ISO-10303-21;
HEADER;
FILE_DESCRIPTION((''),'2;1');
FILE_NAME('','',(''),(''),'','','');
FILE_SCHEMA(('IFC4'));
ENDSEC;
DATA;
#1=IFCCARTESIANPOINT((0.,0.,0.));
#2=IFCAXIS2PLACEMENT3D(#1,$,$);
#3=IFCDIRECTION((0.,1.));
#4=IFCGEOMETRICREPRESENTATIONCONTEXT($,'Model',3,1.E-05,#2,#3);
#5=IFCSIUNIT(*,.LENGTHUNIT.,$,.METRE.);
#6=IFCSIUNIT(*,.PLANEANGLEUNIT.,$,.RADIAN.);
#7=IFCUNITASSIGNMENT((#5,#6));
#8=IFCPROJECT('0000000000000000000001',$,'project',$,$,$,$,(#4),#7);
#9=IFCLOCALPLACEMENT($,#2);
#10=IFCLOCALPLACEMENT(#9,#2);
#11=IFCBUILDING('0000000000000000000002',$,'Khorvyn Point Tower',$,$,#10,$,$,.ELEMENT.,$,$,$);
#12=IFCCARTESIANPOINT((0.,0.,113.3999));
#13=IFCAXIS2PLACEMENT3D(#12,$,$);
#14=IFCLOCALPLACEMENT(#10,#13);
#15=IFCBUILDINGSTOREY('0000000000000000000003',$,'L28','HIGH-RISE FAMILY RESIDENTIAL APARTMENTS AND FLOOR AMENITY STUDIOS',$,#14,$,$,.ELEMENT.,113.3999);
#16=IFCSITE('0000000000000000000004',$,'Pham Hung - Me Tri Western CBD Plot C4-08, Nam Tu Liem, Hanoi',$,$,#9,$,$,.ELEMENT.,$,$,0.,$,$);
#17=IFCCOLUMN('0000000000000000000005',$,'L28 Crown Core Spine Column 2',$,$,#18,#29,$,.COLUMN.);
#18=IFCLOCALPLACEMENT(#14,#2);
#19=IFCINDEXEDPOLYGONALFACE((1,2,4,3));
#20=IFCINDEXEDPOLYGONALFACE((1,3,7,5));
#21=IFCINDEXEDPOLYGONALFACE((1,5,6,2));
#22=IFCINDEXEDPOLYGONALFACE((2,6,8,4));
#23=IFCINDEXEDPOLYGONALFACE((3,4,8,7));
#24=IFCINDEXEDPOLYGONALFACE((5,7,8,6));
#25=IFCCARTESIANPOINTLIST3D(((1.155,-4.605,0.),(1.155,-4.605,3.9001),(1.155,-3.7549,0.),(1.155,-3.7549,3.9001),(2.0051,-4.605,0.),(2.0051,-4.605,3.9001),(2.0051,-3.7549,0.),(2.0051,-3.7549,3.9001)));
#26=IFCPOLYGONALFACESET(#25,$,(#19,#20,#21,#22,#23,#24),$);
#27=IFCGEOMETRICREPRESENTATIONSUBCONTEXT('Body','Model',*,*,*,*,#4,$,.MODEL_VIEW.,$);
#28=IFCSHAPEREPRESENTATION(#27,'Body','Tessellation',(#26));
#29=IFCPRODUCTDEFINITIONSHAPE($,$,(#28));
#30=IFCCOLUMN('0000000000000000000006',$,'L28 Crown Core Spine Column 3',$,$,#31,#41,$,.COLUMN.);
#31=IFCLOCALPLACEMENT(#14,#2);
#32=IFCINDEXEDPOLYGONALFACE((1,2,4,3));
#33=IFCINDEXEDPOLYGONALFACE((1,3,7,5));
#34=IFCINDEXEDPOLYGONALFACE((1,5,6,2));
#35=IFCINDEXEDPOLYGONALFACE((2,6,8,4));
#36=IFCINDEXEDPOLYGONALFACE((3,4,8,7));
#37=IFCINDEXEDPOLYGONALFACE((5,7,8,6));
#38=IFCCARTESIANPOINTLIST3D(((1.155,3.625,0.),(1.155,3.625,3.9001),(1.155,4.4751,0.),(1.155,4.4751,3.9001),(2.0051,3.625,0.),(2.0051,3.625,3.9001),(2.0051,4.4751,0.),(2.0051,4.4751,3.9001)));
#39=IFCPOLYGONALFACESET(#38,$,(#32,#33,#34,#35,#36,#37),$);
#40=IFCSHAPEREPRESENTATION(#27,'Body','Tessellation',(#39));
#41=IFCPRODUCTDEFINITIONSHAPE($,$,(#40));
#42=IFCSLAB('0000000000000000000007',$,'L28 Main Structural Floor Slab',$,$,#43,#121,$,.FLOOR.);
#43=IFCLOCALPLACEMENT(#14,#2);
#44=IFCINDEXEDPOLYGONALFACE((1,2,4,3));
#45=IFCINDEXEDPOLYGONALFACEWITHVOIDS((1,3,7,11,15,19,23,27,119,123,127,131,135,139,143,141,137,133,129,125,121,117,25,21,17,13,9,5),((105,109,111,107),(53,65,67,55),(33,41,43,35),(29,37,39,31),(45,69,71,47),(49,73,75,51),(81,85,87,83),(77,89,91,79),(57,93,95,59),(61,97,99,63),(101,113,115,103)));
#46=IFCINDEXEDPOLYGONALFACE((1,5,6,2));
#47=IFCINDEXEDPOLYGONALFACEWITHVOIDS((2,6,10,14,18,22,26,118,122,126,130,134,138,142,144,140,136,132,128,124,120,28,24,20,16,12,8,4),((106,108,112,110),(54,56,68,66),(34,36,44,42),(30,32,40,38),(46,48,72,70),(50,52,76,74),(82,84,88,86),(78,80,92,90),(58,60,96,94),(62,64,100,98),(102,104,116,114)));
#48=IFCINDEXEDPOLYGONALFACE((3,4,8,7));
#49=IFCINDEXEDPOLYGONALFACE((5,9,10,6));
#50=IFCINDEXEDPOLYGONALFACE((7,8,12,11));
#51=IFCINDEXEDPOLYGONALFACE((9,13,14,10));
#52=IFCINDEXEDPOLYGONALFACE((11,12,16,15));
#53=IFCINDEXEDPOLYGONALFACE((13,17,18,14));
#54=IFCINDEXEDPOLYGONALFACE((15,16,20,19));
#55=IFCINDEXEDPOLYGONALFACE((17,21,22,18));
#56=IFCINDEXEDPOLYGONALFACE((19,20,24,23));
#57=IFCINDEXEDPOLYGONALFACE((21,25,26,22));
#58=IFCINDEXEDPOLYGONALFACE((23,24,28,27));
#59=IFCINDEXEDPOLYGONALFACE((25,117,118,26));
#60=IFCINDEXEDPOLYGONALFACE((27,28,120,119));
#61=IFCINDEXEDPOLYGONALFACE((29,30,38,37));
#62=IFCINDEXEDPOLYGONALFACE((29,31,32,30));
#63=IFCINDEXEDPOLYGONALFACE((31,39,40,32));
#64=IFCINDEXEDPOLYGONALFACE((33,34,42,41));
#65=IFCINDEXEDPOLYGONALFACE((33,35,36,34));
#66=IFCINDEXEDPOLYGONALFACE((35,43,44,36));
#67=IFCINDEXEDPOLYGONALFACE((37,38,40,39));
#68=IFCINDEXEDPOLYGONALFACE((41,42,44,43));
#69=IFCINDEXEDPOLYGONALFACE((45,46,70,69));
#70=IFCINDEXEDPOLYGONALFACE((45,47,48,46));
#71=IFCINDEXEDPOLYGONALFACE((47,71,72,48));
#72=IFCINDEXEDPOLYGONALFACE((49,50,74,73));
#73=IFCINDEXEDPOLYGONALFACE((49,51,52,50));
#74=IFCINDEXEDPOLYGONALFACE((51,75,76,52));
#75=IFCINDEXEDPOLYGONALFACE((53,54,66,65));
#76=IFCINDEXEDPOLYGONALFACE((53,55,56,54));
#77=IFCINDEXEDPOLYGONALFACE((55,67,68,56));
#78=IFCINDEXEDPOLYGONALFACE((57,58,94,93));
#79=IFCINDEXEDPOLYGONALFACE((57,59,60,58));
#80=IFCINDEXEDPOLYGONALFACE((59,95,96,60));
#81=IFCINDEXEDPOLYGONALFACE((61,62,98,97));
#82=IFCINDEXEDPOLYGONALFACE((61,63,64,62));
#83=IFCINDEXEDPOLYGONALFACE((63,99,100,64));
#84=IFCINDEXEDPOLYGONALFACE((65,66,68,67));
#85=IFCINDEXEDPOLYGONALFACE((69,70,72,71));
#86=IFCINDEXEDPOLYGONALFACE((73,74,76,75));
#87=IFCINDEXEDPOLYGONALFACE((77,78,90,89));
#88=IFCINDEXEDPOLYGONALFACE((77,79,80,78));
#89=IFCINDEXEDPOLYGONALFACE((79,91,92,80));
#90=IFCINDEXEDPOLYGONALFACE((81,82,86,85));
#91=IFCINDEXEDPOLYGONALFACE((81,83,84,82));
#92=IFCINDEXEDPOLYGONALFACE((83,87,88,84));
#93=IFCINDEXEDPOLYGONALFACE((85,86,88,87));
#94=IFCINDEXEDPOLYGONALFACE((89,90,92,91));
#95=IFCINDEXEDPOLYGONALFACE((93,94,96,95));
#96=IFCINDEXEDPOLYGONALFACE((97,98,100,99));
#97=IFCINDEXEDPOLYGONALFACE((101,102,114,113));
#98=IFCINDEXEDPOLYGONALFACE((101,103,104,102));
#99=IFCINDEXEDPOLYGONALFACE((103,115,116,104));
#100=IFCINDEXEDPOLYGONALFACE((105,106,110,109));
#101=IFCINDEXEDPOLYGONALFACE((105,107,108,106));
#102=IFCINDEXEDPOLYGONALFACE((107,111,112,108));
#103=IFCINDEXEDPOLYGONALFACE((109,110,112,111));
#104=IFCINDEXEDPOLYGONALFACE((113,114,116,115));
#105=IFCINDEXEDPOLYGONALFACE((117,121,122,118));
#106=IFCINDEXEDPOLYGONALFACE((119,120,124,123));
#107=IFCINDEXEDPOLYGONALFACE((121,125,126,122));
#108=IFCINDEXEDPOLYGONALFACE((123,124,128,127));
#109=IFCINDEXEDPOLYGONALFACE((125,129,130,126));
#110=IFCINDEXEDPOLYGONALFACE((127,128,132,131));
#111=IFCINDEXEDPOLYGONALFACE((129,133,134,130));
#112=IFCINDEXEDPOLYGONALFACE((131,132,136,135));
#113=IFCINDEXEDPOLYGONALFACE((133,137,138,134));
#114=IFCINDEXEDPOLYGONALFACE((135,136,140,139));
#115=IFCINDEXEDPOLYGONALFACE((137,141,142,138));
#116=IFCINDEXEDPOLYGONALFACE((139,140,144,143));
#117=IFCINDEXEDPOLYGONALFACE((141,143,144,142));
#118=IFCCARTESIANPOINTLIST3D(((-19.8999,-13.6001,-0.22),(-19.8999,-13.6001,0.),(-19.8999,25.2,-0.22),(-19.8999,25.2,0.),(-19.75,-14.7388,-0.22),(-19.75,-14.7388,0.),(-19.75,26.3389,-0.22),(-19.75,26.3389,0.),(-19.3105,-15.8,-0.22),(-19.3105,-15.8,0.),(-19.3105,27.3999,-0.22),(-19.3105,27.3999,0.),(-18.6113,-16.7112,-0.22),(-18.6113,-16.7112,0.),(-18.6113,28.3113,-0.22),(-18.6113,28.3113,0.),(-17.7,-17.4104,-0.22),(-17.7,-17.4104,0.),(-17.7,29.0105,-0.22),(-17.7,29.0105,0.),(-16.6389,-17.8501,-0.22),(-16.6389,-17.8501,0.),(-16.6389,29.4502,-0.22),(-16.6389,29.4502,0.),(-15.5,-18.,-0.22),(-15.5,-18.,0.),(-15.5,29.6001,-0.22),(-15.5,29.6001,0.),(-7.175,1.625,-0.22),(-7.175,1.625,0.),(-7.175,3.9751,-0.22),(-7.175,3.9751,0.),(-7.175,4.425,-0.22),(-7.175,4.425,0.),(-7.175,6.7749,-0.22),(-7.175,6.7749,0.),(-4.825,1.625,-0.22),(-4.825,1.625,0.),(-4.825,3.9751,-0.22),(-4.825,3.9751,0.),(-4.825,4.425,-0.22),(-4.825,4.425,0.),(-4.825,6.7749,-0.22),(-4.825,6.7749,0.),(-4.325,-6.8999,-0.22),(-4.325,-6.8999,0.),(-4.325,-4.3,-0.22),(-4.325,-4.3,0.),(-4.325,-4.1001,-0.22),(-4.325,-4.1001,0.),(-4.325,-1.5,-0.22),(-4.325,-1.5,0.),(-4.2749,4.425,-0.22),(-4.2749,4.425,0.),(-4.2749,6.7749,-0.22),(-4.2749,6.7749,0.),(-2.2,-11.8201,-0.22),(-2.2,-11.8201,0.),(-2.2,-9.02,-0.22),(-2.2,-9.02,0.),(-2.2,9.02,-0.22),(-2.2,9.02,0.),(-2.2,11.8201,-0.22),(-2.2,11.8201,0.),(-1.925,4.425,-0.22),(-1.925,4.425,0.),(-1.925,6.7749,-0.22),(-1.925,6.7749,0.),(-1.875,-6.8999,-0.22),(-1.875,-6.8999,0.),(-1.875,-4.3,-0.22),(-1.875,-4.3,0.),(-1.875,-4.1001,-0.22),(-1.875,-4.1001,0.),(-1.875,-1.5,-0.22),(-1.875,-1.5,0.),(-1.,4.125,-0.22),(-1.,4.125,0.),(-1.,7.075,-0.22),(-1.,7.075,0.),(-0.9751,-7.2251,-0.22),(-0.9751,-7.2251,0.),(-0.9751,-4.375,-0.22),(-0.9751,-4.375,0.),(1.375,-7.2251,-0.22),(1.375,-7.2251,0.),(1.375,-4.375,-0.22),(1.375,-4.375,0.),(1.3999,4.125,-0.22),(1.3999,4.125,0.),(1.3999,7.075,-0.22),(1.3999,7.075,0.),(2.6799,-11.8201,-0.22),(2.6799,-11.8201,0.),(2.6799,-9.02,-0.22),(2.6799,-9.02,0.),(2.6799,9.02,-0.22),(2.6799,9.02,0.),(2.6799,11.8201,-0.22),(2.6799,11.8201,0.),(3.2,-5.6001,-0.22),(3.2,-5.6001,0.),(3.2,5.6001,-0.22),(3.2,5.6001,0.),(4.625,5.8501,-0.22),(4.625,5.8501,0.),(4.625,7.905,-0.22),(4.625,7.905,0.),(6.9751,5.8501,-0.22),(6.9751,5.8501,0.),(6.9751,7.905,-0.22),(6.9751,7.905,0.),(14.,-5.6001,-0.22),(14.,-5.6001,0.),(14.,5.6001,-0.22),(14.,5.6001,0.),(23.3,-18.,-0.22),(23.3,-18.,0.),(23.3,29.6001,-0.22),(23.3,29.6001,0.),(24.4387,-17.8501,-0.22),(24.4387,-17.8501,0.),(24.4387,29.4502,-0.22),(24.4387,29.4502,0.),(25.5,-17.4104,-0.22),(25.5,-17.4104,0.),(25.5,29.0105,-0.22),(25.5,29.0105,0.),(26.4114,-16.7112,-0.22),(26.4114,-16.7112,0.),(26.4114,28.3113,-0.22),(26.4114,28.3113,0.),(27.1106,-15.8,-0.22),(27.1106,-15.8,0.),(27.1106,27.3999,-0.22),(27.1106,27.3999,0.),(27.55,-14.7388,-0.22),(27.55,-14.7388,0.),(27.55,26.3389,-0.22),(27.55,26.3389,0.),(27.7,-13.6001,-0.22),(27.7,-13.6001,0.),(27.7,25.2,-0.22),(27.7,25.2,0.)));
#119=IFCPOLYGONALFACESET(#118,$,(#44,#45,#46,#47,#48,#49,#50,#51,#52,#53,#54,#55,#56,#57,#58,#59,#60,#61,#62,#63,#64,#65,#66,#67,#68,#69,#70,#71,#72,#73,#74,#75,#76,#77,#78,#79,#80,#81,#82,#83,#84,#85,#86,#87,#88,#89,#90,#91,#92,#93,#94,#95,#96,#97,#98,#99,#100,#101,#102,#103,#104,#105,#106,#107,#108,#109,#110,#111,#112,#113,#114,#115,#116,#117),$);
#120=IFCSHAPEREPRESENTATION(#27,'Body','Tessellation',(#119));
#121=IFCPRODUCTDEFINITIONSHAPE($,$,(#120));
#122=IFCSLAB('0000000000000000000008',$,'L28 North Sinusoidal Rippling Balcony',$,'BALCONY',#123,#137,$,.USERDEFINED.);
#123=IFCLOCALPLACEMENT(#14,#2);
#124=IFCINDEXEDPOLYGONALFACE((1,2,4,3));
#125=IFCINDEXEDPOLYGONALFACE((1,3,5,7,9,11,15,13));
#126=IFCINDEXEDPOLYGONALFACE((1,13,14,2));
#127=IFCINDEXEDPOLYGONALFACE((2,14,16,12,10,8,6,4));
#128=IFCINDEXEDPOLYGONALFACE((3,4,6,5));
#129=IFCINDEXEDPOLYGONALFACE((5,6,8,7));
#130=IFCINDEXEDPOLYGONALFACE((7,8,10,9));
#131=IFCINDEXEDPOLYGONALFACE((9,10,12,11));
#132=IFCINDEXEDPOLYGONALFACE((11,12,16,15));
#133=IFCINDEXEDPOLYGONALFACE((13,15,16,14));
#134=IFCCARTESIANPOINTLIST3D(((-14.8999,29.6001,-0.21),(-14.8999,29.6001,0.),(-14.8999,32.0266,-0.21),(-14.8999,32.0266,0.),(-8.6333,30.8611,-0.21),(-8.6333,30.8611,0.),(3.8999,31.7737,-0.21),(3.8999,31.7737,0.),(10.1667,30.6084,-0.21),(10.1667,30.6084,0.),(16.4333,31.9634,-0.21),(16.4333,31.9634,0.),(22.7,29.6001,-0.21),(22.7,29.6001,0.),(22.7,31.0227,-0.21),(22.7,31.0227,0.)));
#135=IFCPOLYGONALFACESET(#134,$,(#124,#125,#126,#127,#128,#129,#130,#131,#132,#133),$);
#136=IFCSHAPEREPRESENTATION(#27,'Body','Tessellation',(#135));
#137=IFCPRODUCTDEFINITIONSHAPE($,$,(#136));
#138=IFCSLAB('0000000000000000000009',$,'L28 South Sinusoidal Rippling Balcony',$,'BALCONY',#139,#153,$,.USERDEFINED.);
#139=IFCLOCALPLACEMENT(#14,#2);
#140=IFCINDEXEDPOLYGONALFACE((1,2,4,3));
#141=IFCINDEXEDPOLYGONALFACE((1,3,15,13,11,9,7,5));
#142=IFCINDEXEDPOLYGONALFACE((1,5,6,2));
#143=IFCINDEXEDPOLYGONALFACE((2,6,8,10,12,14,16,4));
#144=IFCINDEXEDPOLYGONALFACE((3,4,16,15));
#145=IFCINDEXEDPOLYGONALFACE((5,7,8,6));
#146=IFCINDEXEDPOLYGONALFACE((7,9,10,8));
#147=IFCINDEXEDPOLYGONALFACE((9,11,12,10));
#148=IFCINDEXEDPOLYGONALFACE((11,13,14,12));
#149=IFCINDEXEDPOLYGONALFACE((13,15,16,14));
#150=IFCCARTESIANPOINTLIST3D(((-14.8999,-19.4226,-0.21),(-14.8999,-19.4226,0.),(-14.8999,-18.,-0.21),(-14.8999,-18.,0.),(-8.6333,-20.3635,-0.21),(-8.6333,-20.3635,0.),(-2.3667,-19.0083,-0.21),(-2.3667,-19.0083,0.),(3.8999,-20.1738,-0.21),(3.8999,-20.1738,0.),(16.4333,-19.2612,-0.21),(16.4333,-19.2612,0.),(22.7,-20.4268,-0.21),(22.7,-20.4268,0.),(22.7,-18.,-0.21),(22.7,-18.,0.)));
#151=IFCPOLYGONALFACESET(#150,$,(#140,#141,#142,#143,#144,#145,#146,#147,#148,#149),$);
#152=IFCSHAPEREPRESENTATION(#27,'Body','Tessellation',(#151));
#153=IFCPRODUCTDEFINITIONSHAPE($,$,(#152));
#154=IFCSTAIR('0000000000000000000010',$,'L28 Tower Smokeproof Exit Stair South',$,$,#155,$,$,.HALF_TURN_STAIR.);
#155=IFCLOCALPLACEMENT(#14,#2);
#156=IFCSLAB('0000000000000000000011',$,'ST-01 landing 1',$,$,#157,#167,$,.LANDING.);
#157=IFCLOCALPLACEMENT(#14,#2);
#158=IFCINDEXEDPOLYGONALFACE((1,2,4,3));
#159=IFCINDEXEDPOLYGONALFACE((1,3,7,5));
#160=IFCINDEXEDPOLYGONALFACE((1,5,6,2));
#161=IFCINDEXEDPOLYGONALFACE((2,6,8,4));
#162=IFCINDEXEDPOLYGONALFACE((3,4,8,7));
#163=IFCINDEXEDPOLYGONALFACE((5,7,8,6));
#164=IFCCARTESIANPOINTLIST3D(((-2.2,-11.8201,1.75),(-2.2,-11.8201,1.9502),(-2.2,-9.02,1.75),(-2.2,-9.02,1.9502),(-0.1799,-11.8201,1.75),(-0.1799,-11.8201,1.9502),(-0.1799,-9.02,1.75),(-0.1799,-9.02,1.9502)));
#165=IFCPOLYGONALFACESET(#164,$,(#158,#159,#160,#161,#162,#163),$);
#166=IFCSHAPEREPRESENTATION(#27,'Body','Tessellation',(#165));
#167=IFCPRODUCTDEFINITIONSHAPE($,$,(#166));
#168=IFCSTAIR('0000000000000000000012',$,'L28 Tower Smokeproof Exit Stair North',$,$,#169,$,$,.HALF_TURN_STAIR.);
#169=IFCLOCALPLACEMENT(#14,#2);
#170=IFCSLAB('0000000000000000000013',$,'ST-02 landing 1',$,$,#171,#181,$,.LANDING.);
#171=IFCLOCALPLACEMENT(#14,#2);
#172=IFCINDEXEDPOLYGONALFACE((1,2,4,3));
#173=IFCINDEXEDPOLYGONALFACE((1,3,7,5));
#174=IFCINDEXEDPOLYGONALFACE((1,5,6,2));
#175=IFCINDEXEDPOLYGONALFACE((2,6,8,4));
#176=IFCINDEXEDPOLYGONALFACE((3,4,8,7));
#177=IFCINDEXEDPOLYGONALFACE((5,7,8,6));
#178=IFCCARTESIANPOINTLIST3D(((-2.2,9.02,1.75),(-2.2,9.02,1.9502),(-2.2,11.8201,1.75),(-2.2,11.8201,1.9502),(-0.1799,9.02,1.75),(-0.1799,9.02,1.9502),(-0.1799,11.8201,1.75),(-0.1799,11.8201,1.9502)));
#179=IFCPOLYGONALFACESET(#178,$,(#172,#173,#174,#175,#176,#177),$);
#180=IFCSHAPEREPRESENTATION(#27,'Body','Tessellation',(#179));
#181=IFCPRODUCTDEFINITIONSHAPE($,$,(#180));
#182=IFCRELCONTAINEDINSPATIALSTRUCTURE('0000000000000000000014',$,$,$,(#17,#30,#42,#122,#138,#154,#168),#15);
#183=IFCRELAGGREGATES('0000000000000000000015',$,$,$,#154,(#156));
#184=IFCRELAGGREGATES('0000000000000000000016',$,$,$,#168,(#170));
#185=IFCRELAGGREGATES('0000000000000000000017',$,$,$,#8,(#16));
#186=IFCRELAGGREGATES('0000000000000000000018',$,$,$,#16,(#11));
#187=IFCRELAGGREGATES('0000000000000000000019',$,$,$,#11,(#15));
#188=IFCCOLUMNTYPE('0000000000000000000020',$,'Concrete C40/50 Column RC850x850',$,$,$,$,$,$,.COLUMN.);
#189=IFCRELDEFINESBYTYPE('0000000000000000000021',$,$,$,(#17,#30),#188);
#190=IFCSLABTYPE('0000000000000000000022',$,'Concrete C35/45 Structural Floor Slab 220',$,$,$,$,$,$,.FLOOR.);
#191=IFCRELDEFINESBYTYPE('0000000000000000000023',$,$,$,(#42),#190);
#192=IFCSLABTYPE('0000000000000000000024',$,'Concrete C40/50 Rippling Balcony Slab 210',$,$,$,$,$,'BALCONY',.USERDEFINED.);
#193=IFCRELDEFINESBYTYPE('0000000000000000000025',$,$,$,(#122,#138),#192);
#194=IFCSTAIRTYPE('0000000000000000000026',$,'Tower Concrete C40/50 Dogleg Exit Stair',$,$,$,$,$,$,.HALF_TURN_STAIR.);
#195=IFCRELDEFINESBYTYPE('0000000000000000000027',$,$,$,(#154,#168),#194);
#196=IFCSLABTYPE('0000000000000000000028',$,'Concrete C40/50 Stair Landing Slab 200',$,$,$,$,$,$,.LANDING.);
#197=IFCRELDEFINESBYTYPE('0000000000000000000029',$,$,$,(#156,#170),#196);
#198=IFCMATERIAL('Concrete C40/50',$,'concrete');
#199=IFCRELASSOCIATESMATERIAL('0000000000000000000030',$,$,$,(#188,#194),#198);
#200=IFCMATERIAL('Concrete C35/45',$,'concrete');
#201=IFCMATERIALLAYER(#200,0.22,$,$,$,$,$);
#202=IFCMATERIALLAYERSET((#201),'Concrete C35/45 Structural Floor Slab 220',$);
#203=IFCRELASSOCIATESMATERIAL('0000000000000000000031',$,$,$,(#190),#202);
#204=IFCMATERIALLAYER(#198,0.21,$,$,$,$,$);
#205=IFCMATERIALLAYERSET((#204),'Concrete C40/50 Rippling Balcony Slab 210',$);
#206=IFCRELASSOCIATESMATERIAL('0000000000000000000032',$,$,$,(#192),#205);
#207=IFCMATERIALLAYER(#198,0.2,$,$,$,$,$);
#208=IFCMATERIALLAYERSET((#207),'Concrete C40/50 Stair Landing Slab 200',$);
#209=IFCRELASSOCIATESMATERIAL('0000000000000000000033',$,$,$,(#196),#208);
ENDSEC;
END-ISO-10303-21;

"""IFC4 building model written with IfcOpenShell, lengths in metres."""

from ifc_helpers import new_model, si_unit, direction, frame, origin, origin_2d, place, context, subcontext, project, spatial, polyline, rectangle, outline, extrude, material, layer, layer_set, material_profile, profile_set, type_object, element, aggregate, save


model = new_model("IFC4")

# Units and contexts
model_context = context("Model", 3, precision=1e-05, world=origin(), true_north=direction((0.0, 1.0)))
body_context = subcontext(model_context, "Body", "Model", "MODEL_VIEW")
ifc_project = project(units=[si_unit("LENGTHUNIT", "METRE"), si_unit("PLANEANGLEUNIT", "RADIAN")], contexts=[model_context])

# Site, building, storey
site_placement = place(None, origin())
site = spatial("IfcSite", under=ifc_project, at=site_placement, Name="Pham Hung - Me Tri Western CBD Plot C4-08, Nam Tu Liem, Hanoi", CompositionType="ELEMENT", RefElevation=0.0)
building_placement = place(site_placement, origin())
building = spatial("IfcBuilding", under=site, at=building_placement, Name="Khorvyn Point Tower", CompositionType="ELEMENT")
storey_placement = place(building_placement, frame((0.0, 0.0, 113.3999)))
storey = spatial("IfcBuildingStorey", under=building, at=storey_placement, Name="L28", Description="HIGH-RISE FAMILY RESIDENTIAL APARTMENTS AND FLOOR AMENITY STUDIOS", CompositionType="ELEMENT", Elevation=113.3999)

# Columns
ifc_material_1 = material(Name="Concrete C40/50", Category="concrete")
ifc_material_profile = material_profile(ifc_material_1, rectangle(XDim=0.8501, YDim=0.8501, at=origin_2d()))
ifc_profile_set = profile_set([ifc_material_profile], Name="Concrete C40/50 RC850x850")
column_type = type_object("IfcColumnType", Name="Concrete C40/50 Column RC850x850", PredefinedType="COLUMN", material=ifc_profile_set)
for number, where, z_axis, x_axis, name in (
    (1, (1.5801, -4.1799, 0.0), (0.0, 0.0, 1.0), (1.0, 0.0, 0.0), "L28 Crown Core Spine Column 2"),
    (2, (1.5801, 4.05, 0.0), (0.0, 0.0, 1.0), (1.0, 0.0, 0.0), "L28 Crown Core Spine Column 3"),
):
    element("IfcColumn", number, at=place(storey_placement, frame(where, z_axis=z_axis, x_axis=x_axis)), inside=storey, type_object=column_type, Name=name, PredefinedType="COLUMN", context=body_context, shape_type="SweptSolid", body=[
        extrude(rectangle(XDim=0.8501, YDim=0.8501, at=origin_2d()), origin(), (0.0, 0.0, 1.0), 3.9001),
    ])

# Slabs
ifc_material_2 = material(Name="Concrete C35/45", Category="concrete")
ifc_layer_1 = layer(ifc_material_2, 0.22)
ifc_layer_set_1 = layer_set([ifc_layer_1], Name="Concrete C35/45 Structural Floor Slab 220")
slab_type_1 = type_object("IfcSlabType", Name="Concrete C35/45 Structural Floor Slab 220", PredefinedType="FLOOR", material=ifc_layer_set_1)
slab_1_placement = place(storey_placement, frame((0.0, 0.0, -0.22)))
element("IfcSlab", 3, at=slab_1_placement, inside=storey, type_object=slab_type_1, Name="L28 Main Structural Floor Slab", PredefinedType="FLOOR", context=body_context, shape_type="SweptSolid", body=[
    extrude(outline(polyline([(-15.5, -18.0), (-16.6389, -17.8501), (-17.7, -17.4104), (-18.6113, -16.7112), (-19.3105, -15.8), (-19.75, -14.7388), (-19.8999, -13.6001), (-19.8999, 25.2), (-19.75, 26.3389), (-19.3105, 27.3999), (-18.6113, 28.3113), (-17.7, 29.0105), (-16.6389, 29.4502), (-15.5, 29.6001), (23.3, 29.6001), (24.4387, 29.4502), (25.5, 29.0105), (26.4114, 28.3113), (27.1106, 27.3999), (27.55, 26.3389), (27.7, 25.2), (27.7, -13.6001), (27.55, -14.7388), (27.1106, -15.8), (26.4114, -16.7112), (25.5, -17.4104), (24.4387, -17.8501), (23.3, -18.0), (-15.5, -18.0)]), holes=[polyline([(-1.875, -6.8999), (-1.875, -4.3), (-4.325, -4.3), (-4.325, -6.8999), (-1.875, -6.8999)]), polyline([(-1.875, -4.1001), (-1.875, -1.5), (-4.325, -1.5), (-4.325, -4.1001), (-1.875, -4.1001)]), polyline([(-4.825, 1.625), (-4.825, 3.9751), (-7.175, 3.9751), (-7.175, 1.625), (-4.825, 1.625)]), polyline([(-7.175, 4.425), (-4.825, 4.425), (-4.825, 6.7749), (-7.175, 6.7749), (-7.175, 4.425)]), polyline([(-4.2749, 4.425), (-1.925, 4.425), (-1.925, 6.7749), (-4.2749, 6.7749), (-4.2749, 4.425)]), polyline([(1.3999, 4.125), (1.3999, 7.075), (-1.0, 7.075), (-1.0, 4.125), (1.3999, 4.125)]), polyline([(-2.2, -11.8201), (2.6799, -11.8201), (2.6799, -9.02), (-2.2, -9.02), (-2.2, -11.8201)]), polyline([(-0.9751, -7.2251), (1.375, -7.2251), (1.375, -4.375), (-0.9751, -4.375), (-0.9751, -7.2251)]), polyline([(14.0, -5.6001), (14.0, 5.6001), (3.2, 5.6001), (3.2, -5.6001), (14.0, -5.6001)]), polyline([(4.625, 5.8501), (6.9751, 5.8501), (6.9751, 7.905), (4.625, 7.905), (4.625, 5.8501)]), polyline([(-2.2, 9.02), (2.6799, 9.02), (2.6799, 11.8201), (-2.2, 11.8201), (-2.2, 9.02)])]), origin(), (0.0, 0.0, 1.0), 0.22),
])
ifc_layer_2 = layer(ifc_material_1, 0.21)
ifc_layer_set_2 = layer_set([ifc_layer_2], Name="Concrete C40/50 Rippling Balcony Slab 210")
slab_type_2 = type_object("IfcSlabType", Name="Concrete C40/50 Rippling Balcony Slab 210", ElementType="BALCONY", PredefinedType="USERDEFINED", material=ifc_layer_set_2)
slab_2_placement = place(storey_placement, frame((0.0, 0.0, -0.21)))
element("IfcSlab", 4, at=slab_2_placement, inside=storey, type_object=slab_type_2, Name="L28 North Sinusoidal Rippling Balcony", ObjectType="BALCONY", PredefinedType="USERDEFINED", context=body_context, shape_type="SweptSolid", body=[
    extrude(outline(polyline([(22.7, 29.6001), (22.7, 31.0227), (16.4333, 31.9634), (10.1667, 30.6084), (3.8999, 31.7737), (-8.6333, 30.8611), (-14.8999, 32.0266), (-14.8999, 29.6001), (22.7, 29.6001)])), origin(), (0.0, 0.0, 1.0), 0.21),
])
slab_3_placement = place(storey_placement, frame((0.0, 0.0, -0.21)))
element("IfcSlab", 5, at=slab_3_placement, inside=storey, type_object=slab_type_2, Name="L28 South Sinusoidal Rippling Balcony", ObjectType="BALCONY", PredefinedType="USERDEFINED", context=body_context, shape_type="SweptSolid", body=[
    extrude(outline(polyline([(-14.8999, -18.0), (-14.8999, -19.4226), (-8.6333, -20.3635), (-2.3667, -19.0083), (3.8999, -20.1738), (16.4333, -19.2612), (22.7, -20.4268), (22.7, -18.0), (-14.8999, -18.0)])), origin(), (0.0, 0.0, 1.0), 0.21),
])

# Stairs, slabs
stair_type = type_object("IfcStairType", Name="Tower Concrete C40/50 Dogleg Exit Stair", PredefinedType="HALF_TURN_STAIR", material=ifc_material_1)
stair_1_placement = place(storey_placement, origin())
stair_1 = element("IfcStair", 6, at=stair_1_placement, inside=storey, type_object=stair_type, Name="L28 Tower Smokeproof Exit Stair South", PredefinedType="HALF_TURN_STAIR")
ifc_layer_3 = layer(ifc_material_1, 0.2)
ifc_layer_set_3 = layer_set([ifc_layer_3], Name="Concrete C40/50 Stair Landing Slab 200")
slab_type_3 = type_object("IfcSlabType", Name="Concrete C40/50 Stair Landing Slab 200", PredefinedType="LANDING", material=ifc_layer_set_3)
slab_4_placement = place(storey_placement, frame((0.0, 0.0, 1.75)))
slab_4 = element("IfcSlab", 7, at=slab_4_placement, type_object=slab_type_3, Name="ST-01 landing 1", PredefinedType="LANDING", context=body_context, shape_type="SweptSolid", body=[
    extrude(outline(polyline([(-0.1799, -9.02), (-2.2, -9.02), (-2.2, -11.8201), (-0.1799, -11.8201), (-0.1799, -9.02)])), origin(), (0.0, 0.0, 1.0), 0.2002),
])
aggregate(stair_1, [slab_4])
stair_2_placement = place(storey_placement, origin())
stair_2 = element("IfcStair", 8, at=stair_2_placement, inside=storey, type_object=stair_type, Name="L28 Tower Smokeproof Exit Stair North", PredefinedType="HALF_TURN_STAIR")
slab_5_placement = place(storey_placement, frame((0.0, 0.0, 1.75)))
slab_5 = element("IfcSlab", 9, at=slab_5_placement, type_object=slab_type_3, Name="ST-02 landing 1", PredefinedType="LANDING", context=body_context, shape_type="SweptSolid", body=[
    extrude(outline(polyline([(-0.1799, 11.8201), (-2.2, 11.8201), (-2.2, 9.02), (-0.1799, 9.02), (-0.1799, 11.8201)])), origin(), (0.0, 0.0, 1.0), 0.2002),
])
aggregate(stair_2, [slab_5])

save(model, "model.ifc")
